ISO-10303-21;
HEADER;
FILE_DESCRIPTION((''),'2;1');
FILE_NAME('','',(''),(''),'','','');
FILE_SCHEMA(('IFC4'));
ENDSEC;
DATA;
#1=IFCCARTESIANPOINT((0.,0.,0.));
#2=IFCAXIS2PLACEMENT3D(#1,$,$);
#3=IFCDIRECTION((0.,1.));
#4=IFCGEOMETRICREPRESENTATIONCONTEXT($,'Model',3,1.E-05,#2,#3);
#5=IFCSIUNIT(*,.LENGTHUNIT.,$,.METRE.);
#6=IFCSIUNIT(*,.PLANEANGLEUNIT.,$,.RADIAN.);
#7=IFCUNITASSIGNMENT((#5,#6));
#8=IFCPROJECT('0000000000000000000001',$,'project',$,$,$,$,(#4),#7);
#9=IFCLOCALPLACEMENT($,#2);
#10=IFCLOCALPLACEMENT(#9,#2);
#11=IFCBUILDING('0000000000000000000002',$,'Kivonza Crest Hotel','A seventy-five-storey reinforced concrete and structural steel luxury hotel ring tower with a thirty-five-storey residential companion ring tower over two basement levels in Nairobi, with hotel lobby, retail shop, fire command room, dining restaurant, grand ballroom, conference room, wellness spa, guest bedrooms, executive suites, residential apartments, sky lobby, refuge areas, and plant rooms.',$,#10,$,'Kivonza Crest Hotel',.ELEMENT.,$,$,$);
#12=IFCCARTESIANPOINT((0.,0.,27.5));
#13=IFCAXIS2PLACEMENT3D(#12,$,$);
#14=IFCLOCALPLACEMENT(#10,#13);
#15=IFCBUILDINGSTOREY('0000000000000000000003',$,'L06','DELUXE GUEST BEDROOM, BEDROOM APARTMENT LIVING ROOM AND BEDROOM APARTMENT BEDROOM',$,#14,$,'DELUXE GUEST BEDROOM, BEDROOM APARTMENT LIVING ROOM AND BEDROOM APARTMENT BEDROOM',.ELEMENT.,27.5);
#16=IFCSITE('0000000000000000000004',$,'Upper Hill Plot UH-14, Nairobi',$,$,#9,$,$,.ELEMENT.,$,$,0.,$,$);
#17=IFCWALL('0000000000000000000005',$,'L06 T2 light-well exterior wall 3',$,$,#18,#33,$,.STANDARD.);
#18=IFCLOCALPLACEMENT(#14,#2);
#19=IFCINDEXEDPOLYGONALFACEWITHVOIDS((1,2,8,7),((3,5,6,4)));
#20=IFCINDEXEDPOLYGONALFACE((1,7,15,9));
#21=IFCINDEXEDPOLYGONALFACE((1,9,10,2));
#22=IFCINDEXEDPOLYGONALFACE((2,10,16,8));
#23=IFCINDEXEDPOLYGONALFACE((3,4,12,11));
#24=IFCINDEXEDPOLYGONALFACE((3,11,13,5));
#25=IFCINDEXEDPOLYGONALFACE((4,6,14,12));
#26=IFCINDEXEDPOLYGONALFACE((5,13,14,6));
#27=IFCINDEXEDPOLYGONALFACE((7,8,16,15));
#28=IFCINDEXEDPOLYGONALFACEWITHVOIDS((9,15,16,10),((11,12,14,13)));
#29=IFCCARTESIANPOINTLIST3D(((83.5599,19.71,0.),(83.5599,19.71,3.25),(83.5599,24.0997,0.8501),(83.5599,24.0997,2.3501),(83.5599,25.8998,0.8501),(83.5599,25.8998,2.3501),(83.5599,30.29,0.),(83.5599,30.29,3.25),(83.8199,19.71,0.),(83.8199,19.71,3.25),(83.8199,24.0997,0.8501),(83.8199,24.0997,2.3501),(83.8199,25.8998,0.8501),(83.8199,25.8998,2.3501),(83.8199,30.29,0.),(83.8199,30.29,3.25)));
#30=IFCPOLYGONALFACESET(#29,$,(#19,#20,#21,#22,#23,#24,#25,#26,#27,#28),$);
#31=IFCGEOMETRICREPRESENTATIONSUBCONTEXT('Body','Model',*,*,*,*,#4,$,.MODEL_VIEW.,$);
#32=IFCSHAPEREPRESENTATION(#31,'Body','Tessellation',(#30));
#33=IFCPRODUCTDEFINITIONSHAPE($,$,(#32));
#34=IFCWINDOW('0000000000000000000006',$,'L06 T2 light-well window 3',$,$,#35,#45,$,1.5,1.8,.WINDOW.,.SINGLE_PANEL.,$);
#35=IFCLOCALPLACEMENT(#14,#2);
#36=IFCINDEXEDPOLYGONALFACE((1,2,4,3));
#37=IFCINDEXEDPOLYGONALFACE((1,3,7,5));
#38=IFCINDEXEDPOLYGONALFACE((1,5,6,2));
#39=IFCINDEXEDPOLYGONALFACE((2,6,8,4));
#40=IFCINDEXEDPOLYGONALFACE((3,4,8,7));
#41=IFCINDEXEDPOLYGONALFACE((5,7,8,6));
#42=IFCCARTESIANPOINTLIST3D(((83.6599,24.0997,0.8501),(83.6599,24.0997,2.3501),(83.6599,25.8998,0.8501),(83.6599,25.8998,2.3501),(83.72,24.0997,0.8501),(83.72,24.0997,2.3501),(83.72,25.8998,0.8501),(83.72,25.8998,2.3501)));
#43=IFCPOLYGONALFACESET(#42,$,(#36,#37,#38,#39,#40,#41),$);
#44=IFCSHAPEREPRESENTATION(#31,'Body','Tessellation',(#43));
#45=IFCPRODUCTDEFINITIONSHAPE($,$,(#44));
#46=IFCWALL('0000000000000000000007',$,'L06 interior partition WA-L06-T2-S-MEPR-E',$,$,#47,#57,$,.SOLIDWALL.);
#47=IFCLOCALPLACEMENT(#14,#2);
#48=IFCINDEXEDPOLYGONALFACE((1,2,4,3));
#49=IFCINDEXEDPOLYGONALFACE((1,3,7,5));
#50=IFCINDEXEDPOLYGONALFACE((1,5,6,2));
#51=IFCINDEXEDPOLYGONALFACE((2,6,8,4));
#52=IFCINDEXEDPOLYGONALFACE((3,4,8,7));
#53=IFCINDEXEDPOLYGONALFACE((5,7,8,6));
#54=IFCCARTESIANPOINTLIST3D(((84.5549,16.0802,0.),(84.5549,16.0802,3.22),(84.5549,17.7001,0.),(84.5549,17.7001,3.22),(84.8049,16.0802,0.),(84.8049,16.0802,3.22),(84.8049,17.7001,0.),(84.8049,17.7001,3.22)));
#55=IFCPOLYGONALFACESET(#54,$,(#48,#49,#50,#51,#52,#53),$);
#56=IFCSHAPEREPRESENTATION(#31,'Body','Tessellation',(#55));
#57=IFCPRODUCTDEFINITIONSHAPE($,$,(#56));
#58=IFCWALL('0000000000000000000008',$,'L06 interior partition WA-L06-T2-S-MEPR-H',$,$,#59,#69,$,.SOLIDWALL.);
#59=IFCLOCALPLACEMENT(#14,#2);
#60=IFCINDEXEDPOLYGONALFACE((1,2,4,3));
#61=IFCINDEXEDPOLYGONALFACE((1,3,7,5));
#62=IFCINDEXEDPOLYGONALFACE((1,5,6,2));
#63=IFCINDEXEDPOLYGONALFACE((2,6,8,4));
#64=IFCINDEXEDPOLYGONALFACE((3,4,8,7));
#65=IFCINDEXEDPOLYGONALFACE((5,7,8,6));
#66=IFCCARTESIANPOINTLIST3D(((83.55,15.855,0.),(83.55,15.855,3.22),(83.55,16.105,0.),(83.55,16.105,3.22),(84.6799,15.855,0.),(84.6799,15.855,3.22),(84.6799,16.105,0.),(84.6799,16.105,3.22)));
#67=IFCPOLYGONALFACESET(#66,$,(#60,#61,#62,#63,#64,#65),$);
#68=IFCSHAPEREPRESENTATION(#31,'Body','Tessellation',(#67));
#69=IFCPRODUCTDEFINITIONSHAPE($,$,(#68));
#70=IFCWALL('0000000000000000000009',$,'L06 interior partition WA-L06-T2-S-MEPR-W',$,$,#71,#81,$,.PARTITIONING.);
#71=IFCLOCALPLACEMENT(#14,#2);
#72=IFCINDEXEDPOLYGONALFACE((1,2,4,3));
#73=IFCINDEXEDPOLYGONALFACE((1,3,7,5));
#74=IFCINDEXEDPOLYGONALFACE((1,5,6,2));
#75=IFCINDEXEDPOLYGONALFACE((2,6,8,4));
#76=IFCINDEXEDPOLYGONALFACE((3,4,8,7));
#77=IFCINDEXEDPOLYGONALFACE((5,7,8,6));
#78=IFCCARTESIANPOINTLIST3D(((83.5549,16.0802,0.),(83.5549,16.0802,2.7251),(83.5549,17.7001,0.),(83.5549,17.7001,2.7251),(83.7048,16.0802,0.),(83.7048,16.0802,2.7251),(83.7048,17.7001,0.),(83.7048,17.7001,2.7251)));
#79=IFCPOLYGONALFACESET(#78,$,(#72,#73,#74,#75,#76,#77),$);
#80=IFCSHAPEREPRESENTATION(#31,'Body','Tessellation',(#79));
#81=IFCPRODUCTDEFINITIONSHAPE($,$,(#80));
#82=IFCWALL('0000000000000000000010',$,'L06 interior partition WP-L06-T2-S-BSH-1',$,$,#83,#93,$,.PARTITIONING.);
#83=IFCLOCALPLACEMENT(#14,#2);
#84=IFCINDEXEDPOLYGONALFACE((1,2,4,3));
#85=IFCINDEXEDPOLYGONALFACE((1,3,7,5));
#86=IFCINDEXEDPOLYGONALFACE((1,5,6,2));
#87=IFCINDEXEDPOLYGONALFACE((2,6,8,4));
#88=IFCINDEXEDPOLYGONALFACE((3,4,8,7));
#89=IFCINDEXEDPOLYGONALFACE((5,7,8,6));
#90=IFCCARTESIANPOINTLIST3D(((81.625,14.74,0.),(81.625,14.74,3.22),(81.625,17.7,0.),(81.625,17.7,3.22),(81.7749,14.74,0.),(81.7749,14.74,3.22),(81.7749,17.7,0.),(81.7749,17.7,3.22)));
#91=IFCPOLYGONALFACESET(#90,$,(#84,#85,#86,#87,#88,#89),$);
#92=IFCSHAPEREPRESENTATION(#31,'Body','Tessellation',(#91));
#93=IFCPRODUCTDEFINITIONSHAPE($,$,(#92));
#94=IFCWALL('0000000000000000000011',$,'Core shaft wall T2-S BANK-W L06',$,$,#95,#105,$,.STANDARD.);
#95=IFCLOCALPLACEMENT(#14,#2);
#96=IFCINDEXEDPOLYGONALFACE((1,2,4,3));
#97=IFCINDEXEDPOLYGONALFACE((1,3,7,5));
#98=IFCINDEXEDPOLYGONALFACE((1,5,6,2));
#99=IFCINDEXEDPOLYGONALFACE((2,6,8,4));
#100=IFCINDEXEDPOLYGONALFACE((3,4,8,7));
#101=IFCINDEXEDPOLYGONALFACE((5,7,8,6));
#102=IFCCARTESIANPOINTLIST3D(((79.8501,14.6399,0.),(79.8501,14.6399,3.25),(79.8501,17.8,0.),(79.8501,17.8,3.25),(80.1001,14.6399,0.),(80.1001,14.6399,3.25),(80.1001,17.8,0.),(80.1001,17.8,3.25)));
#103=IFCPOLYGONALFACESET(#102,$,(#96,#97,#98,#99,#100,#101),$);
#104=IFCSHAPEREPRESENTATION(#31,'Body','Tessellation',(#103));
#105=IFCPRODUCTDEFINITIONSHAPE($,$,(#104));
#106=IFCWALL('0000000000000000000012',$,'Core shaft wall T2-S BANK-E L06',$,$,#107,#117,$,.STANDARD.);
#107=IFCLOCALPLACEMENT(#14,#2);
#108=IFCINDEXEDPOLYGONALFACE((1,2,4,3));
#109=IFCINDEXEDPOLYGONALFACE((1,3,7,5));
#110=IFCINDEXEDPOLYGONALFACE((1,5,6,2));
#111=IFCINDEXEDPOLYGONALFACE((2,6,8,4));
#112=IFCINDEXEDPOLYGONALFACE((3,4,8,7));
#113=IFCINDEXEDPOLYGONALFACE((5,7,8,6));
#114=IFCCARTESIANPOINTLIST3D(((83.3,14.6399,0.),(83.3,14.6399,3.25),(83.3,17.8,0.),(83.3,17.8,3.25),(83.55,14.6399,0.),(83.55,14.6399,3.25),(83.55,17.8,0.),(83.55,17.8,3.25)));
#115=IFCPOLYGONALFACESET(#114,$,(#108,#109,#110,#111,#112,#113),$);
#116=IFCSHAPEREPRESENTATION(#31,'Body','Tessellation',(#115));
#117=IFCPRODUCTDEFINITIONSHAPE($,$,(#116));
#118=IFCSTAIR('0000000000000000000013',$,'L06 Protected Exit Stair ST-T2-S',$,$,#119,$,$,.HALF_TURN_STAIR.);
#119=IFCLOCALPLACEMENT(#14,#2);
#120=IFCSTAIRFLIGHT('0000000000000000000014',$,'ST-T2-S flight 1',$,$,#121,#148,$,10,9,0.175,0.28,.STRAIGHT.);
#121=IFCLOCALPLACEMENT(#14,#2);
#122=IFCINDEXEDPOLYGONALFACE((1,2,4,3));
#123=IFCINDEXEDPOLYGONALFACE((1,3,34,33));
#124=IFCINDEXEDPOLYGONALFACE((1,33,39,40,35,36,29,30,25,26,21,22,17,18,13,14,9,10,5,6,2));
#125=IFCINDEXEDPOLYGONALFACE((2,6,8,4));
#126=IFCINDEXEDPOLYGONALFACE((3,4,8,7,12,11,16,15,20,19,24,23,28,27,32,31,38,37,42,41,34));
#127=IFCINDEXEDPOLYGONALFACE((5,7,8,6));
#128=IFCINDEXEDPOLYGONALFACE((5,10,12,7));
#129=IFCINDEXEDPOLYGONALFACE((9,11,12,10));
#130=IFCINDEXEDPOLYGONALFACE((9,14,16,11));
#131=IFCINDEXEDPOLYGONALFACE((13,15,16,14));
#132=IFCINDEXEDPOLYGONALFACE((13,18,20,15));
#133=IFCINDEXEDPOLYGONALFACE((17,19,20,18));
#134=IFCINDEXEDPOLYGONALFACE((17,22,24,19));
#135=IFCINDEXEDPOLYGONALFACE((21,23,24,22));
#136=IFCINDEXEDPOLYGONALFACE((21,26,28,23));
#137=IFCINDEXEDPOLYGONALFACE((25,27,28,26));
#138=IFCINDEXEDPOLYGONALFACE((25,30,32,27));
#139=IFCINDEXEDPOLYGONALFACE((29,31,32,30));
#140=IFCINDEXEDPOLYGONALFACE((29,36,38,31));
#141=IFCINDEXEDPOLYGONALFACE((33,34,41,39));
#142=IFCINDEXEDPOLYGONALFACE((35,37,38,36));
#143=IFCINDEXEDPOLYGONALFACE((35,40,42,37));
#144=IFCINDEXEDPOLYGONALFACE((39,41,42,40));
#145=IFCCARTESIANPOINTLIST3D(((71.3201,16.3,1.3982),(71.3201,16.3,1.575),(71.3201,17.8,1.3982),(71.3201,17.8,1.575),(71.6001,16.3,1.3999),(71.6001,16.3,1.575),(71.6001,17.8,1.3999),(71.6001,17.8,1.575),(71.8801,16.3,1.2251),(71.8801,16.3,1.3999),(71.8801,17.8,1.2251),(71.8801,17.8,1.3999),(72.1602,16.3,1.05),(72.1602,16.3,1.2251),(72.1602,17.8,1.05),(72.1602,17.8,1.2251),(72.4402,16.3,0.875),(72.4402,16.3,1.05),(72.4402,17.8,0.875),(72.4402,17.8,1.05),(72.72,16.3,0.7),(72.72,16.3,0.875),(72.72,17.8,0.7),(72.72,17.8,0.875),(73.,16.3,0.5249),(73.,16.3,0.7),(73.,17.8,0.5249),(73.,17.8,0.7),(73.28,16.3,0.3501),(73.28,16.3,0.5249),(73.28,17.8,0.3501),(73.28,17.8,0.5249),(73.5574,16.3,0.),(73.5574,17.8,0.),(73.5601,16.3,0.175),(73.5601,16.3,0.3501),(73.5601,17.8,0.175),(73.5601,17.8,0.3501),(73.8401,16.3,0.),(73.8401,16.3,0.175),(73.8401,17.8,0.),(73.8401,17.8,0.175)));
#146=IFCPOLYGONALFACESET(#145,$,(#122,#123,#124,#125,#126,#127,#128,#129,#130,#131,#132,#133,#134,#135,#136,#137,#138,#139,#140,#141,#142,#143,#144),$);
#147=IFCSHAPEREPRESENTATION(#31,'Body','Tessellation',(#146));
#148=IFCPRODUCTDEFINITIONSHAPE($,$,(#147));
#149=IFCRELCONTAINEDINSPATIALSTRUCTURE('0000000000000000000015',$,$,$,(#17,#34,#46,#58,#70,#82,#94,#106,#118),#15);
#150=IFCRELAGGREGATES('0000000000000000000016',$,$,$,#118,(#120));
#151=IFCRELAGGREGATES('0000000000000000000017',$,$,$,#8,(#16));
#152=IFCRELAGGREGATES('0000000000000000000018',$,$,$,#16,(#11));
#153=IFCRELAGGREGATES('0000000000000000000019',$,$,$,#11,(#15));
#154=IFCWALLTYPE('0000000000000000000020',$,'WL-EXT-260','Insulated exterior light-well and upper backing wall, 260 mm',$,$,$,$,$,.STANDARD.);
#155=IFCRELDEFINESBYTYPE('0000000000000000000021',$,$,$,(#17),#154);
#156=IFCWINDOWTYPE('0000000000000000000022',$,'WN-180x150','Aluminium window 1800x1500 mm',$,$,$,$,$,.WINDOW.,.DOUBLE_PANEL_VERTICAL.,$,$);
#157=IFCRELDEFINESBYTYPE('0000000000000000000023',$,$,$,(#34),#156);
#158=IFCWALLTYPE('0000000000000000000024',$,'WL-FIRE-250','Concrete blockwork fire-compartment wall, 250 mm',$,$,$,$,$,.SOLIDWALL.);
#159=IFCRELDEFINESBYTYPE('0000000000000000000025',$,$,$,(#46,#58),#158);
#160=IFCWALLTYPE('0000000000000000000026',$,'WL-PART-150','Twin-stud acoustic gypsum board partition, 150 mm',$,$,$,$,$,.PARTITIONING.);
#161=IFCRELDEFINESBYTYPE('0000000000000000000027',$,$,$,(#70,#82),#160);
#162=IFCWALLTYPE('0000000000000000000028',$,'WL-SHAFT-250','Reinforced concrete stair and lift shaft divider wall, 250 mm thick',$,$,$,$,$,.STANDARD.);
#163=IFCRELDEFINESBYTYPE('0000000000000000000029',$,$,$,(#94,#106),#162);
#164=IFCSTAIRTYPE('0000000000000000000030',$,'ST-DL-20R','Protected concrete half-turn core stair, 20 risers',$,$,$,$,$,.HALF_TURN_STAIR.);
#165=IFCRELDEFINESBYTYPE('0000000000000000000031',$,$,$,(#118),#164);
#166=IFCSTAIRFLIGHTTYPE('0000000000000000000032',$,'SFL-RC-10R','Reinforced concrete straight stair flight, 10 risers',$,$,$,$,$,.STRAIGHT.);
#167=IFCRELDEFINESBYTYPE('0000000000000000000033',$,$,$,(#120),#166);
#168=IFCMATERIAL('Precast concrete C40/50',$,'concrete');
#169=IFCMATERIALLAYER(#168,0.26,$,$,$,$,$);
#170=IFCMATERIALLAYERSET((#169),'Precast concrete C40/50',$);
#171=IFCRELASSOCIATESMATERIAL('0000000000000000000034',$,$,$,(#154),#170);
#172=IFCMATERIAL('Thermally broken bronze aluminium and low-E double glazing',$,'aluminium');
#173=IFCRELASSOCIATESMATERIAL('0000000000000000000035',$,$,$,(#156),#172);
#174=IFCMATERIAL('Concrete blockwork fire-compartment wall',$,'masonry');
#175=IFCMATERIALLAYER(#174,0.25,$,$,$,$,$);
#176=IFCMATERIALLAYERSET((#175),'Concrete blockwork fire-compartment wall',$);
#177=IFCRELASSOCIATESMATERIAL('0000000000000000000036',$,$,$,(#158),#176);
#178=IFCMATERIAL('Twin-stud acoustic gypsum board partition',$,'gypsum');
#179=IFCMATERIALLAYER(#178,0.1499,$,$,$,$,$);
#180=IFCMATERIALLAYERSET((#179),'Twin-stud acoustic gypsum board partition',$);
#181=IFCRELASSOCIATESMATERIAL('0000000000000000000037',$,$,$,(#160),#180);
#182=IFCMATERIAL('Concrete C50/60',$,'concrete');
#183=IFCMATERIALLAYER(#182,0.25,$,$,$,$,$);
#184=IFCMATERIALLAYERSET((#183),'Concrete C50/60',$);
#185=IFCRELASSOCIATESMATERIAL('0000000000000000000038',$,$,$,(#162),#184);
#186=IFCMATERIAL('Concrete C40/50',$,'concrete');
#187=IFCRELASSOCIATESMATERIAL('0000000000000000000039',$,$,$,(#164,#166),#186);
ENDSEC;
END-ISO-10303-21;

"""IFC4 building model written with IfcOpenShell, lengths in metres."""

from ifc_helpers import new_model, si_unit, direction, frame, frame_2d, origin, place, context, subcontext, project, spatial, polyline, rectangle, outline, extrude, material, layer, layer_set, type_object, element, fill, aggregate, save


model = new_model("IFC4")

# Units and contexts
model_context = context("Model", 3, precision=1e-05, world=origin(), true_north=direction((0.0, 1.0)))
body_context = subcontext(model_context, "Body", "Model", "MODEL_VIEW")
ifc_project = project(units=[si_unit("LENGTHUNIT", "METRE"), si_unit("PLANEANGLEUNIT", "RADIAN")], contexts=[model_context])

# Site, building, storey
site_placement = place(None, origin())
site = spatial("IfcSite", under=ifc_project, at=site_placement, Name="Upper Hill Plot UH-14, Nairobi", CompositionType="ELEMENT", RefElevation=0.0)
building_placement = place(site_placement, origin())
building = spatial("IfcBuilding", under=site, at=building_placement, Name="Kivonza Crest Hotel", Description="A seventy-five-storey reinforced concrete and structural steel luxury hotel ring tower with a thirty-five-storey residential companion ring tower over two basement levels in Nairobi, with hotel lobby, retail shop, fire command room, dining restaurant, grand ballroom, conference room, wellness spa, guest bedrooms, executive suites, residential apartments, sky lobby, refuge areas, and plant rooms.", LongName="Kivonza Crest Hotel", CompositionType="ELEMENT")
storey_placement = place(building_placement, frame((0.0, 0.0, 27.5)))
storey = spatial("IfcBuildingStorey", under=building, at=storey_placement, Name="L06", Description="DELUXE GUEST BEDROOM, BEDROOM APARTMENT LIVING ROOM AND BEDROOM APARTMENT BEDROOM", LongName="DELUXE GUEST BEDROOM, BEDROOM APARTMENT LIVING ROOM AND BEDROOM APARTMENT BEDROOM", CompositionType="ELEMENT", Elevation=27.5)

# Shared definitions
ifc_material_1 = material(Name="Concrete C50/60", Category="concrete")

# Shared definitions
ifc_material_2 = material(Name="Precast concrete C40/50", Category="concrete")
ifc_layer_1 = layer(ifc_material_2, 0.26)
ifc_layer_set_1 = layer_set([ifc_layer_1], Name="Precast concrete C40/50")
wall_type_1 = type_object("IfcWallType", Name="WL-EXT-260", Description="Insulated exterior light-well and upper backing wall, 260 mm", PredefinedType="STANDARD", material=ifc_layer_set_1)

# Wall, opening, window
wall_1_placement = place(storey_placement, frame((83.6899, 19.71, 0.0), z_axis=(0.0, 0.0, 1.0), x_axis=(0.0, 1.0, 0.0)))
wall_1 = element("IfcWall", 1, at=wall_1_placement, inside=storey, type_object=wall_type_1, Name="L06 T2 light-well exterior wall 3", PredefinedType="STANDARD", context=body_context, shape_type="SweptSolid", body=[
    extrude(rectangle(XDim=10.5801, YDim=0.26, at=frame_2d((5.29, 0.0))), origin(), (0.0, 0.0, 1.0), 3.25),
])
opening_placement = place(wall_1_placement, frame((4.3899, 0.0, 0.8501)))
opening = element("IfcOpeningElement", 2, at=opening_placement, cuts=wall_1, PredefinedType="OPENING", context=body_context, shape_type="SweptSolid", body=[
    extrude(rectangle(XDim=1.8, YDim=1.5, at=frame_2d((0.8999, 0.75))), frame((0.0, 0.1401, 0.0), z_axis=(0.0, -1.0, 0.0), x_axis=(1.0, 0.0, 0.0)), (0.0, 0.0, 1.0), 0.28),
])
ifc_material_3 = material(Name="Thermally broken bronze aluminium and low-E double glazing", Category="aluminium")
window_type = type_object("IfcWindowType", Name="WN-180x150", Description="Aluminium window 1800x1500 mm", PartitioningType="DOUBLE_PANEL_VERTICAL", PredefinedType="WINDOW", material=ifc_material_3)
window_placement = place(opening_placement, origin())
window = element("IfcWindow", 3, at=window_placement, inside=storey, type_object=window_type, Name="L06 T2 light-well window 3", OverallHeight=1.5, OverallWidth=1.8, PartitioningType="SINGLE_PANEL", PredefinedType="WINDOW", context=body_context, shape_type="SweptSolid", body=[
    extrude(rectangle(XDim=1.8, YDim=1.5, at=frame_2d((0.8999, 0.75))), frame((0.0, 0.03, 0.0), z_axis=(0.0, -1.0, 0.0), x_axis=(1.0, 0.0, 0.0)), (0.0, 0.0, 1.0), 0.0601),
])
fill(opening, window)

# Walls
ifc_material_4 = material(Name="Concrete blockwork fire-compartment wall", Category="masonry")
ifc_layer_2 = layer(ifc_material_4, 0.25)
ifc_layer_set_2 = layer_set([ifc_layer_2], Name="Concrete blockwork fire-compartment wall")
wall_type_2 = type_object("IfcWallType", Name="WL-FIRE-250", Description="Concrete blockwork fire-compartment wall, 250 mm", PredefinedType="SOLIDWALL", material=ifc_layer_set_2)
wall_2_placement = place(storey_placement, frame((84.6799, 16.0801, 0.0), z_axis=(0.0, 0.0, 1.0), x_axis=(0.0, 1.0, 0.0)))
element("IfcWall", 4, at=wall_2_placement, inside=storey, type_object=wall_type_2, Name="L06 interior partition WA-L06-T2-S-MEPR-E", PredefinedType="SOLIDWALL", context=body_context, shape_type="SweptSolid", body=[
    extrude(rectangle(XDim=1.6199, YDim=0.25, at=frame_2d((0.8101, 0.0))), origin(), (0.0, 0.0, 1.0), 3.22),
])
wall_3_placement = place(storey_placement, frame((83.55, 15.98, 0.0), z_axis=(0.0, 0.0, 1.0), x_axis=(1.0, 0.0, 0.0)))
element("IfcWall", 5, at=wall_3_placement, inside=storey, type_object=wall_type_2, Name="L06 interior partition WA-L06-T2-S-MEPR-H", PredefinedType="SOLIDWALL", context=body_context, shape_type="SweptSolid", body=[
    extrude(rectangle(XDim=1.1299, YDim=0.25, at=frame_2d((0.5649, 0.0))), origin(), (0.0, 0.0, 1.0), 3.22),
])
ifc_material_5 = material(Name="Twin-stud acoustic gypsum board partition", Category="gypsum")
ifc_layer_3 = layer(ifc_material_5, 0.1499)
ifc_layer_set_3 = layer_set([ifc_layer_3], Name="Twin-stud acoustic gypsum board partition")
wall_type_3 = type_object("IfcWallType", Name="WL-PART-150", Description="Twin-stud acoustic gypsum board partition, 150 mm", PredefinedType="PARTITIONING", material=ifc_layer_set_3)
wall_4_placement = place(storey_placement, frame((83.6299, 16.0801, 0.0), z_axis=(0.0, 0.0, 1.0), x_axis=(0.0, 1.0, 0.0)))
element("IfcWall", 6, at=wall_4_placement, inside=storey, type_object=wall_type_3, Name="L06 interior partition WA-L06-T2-S-MEPR-W", PredefinedType="PARTITIONING", context=body_context, shape_type="SweptSolid", body=[
    extrude(rectangle(XDim=1.6199, YDim=0.1499, at=frame_2d((0.8101, 0.0))), origin(), (0.0, 0.0, 1.0), 2.7251),
])
wall_5_placement = place(storey_placement, frame((81.7, 14.74, 0.0), z_axis=(0.0, 0.0, 1.0), x_axis=(0.0, 1.0, 0.0)))
element("IfcWall", 7, at=wall_5_placement, inside=storey, type_object=wall_type_3, Name="L06 interior partition WP-L06-T2-S-BSH-1", PredefinedType="PARTITIONING", context=body_context, shape_type="SweptSolid", body=[
    extrude(rectangle(XDim=2.96, YDim=0.1499, at=frame_2d((1.48, 0.0))), origin(), (0.0, 0.0, 1.0), 3.22),
])
ifc_layer_4 = layer(ifc_material_1, 0.25)
ifc_layer_set_4 = layer_set([ifc_layer_4], Name="Concrete C50/60")
wall_type_4 = type_object("IfcWallType", Name="WL-SHAFT-250", Description="Reinforced concrete stair and lift shaft divider wall, 250 mm thick", PredefinedType="STANDARD", material=ifc_layer_set_4)
for number, where, z_axis, x_axis, name in (
    (8, (79.9751, 14.6399, 0.0), (0.0, 0.0, 1.0), (0.0, 1.0, 0.0), "Core shaft wall T2-S BANK-W L06"),
    (9, (83.425, 14.6399, 0.0), (0.0, 0.0, 1.0), (0.0, 1.0, 0.0), "Core shaft wall T2-S BANK-E L06"),
):
    element("IfcWall", number, at=place(storey_placement, frame(where, z_axis=z_axis, x_axis=x_axis)), inside=storey, type_object=wall_type_4, Name=name, PredefinedType="STANDARD", context=body_context, shape_type="SweptSolid", body=[
        extrude(rectangle(XDim=3.1602, YDim=0.25, at=frame_2d((1.5801, 0.0))), origin(), (0.0, 0.0, 1.0), 3.25),
    ])

# Stair, stair flight
ifc_material_6 = material(Name="Concrete C40/50", Category="concrete")
stair_type = type_object("IfcStairType", Name="ST-DL-20R", Description="Protected concrete half-turn core stair, 20 risers", PredefinedType="HALF_TURN_STAIR", material=ifc_material_6)
stair_placement = place(storey_placement, origin())
stair = element("IfcStair", 10, at=stair_placement, inside=storey, type_object=stair_type, Name="L06 Protected Exit Stair ST-T2-S", PredefinedType="HALF_TURN_STAIR")
stair_flight_type = type_object("IfcStairFlightType", Name="SFL-RC-10R", Description="Reinforced concrete straight stair flight, 10 risers", PredefinedType="STRAIGHT", material=ifc_material_6)
stair_flight_placement = place(storey_placement, frame((73.8401, 17.05, 0.0), z_axis=(0.0, 0.0, 1.0), x_axis=(-1.0, 0.0, 0.0)))
stair_flight = element("IfcStairFlight", 11, at=stair_flight_placement, type_object=stair_flight_type, Name="ST-T2-S flight 1", NumberOfRisers=10, NumberOfTreads=9, PredefinedType="STRAIGHT", RiserHeight=0.175, TreadLength=0.28, context=body_context, shape_type="SweptSolid", body=[
    extrude(outline(polyline([(0.0, 0.0), (0.0, 0.175), (0.28, 0.175), (0.28, 0.3501), (0.5601, 0.3501), (0.5601, 0.5249), (0.8401, 0.5249), (0.8401, 0.7), (1.1201, 0.7), (1.1201, 0.875), (1.3999, 0.875), (1.3999, 1.05), (1.6799, 1.05), (1.6799, 1.2251), (1.96, 1.2251), (1.96, 1.3999), (2.24, 1.3999), (2.24, 1.575), (2.52, 1.575), (2.52, 1.75), (2.52, 1.3982), (0.2827, 0.0), (0.0, 0.0)])), frame((0.0, 0.75, 0.0), z_axis=(0.0, -1.0, 0.0), x_axis=(1.0, 0.0, 0.0)), (0.0, 0.0, 1.0), 1.5),
])
aggregate(stair, [stair_flight])

save(model, "model.ifc")
